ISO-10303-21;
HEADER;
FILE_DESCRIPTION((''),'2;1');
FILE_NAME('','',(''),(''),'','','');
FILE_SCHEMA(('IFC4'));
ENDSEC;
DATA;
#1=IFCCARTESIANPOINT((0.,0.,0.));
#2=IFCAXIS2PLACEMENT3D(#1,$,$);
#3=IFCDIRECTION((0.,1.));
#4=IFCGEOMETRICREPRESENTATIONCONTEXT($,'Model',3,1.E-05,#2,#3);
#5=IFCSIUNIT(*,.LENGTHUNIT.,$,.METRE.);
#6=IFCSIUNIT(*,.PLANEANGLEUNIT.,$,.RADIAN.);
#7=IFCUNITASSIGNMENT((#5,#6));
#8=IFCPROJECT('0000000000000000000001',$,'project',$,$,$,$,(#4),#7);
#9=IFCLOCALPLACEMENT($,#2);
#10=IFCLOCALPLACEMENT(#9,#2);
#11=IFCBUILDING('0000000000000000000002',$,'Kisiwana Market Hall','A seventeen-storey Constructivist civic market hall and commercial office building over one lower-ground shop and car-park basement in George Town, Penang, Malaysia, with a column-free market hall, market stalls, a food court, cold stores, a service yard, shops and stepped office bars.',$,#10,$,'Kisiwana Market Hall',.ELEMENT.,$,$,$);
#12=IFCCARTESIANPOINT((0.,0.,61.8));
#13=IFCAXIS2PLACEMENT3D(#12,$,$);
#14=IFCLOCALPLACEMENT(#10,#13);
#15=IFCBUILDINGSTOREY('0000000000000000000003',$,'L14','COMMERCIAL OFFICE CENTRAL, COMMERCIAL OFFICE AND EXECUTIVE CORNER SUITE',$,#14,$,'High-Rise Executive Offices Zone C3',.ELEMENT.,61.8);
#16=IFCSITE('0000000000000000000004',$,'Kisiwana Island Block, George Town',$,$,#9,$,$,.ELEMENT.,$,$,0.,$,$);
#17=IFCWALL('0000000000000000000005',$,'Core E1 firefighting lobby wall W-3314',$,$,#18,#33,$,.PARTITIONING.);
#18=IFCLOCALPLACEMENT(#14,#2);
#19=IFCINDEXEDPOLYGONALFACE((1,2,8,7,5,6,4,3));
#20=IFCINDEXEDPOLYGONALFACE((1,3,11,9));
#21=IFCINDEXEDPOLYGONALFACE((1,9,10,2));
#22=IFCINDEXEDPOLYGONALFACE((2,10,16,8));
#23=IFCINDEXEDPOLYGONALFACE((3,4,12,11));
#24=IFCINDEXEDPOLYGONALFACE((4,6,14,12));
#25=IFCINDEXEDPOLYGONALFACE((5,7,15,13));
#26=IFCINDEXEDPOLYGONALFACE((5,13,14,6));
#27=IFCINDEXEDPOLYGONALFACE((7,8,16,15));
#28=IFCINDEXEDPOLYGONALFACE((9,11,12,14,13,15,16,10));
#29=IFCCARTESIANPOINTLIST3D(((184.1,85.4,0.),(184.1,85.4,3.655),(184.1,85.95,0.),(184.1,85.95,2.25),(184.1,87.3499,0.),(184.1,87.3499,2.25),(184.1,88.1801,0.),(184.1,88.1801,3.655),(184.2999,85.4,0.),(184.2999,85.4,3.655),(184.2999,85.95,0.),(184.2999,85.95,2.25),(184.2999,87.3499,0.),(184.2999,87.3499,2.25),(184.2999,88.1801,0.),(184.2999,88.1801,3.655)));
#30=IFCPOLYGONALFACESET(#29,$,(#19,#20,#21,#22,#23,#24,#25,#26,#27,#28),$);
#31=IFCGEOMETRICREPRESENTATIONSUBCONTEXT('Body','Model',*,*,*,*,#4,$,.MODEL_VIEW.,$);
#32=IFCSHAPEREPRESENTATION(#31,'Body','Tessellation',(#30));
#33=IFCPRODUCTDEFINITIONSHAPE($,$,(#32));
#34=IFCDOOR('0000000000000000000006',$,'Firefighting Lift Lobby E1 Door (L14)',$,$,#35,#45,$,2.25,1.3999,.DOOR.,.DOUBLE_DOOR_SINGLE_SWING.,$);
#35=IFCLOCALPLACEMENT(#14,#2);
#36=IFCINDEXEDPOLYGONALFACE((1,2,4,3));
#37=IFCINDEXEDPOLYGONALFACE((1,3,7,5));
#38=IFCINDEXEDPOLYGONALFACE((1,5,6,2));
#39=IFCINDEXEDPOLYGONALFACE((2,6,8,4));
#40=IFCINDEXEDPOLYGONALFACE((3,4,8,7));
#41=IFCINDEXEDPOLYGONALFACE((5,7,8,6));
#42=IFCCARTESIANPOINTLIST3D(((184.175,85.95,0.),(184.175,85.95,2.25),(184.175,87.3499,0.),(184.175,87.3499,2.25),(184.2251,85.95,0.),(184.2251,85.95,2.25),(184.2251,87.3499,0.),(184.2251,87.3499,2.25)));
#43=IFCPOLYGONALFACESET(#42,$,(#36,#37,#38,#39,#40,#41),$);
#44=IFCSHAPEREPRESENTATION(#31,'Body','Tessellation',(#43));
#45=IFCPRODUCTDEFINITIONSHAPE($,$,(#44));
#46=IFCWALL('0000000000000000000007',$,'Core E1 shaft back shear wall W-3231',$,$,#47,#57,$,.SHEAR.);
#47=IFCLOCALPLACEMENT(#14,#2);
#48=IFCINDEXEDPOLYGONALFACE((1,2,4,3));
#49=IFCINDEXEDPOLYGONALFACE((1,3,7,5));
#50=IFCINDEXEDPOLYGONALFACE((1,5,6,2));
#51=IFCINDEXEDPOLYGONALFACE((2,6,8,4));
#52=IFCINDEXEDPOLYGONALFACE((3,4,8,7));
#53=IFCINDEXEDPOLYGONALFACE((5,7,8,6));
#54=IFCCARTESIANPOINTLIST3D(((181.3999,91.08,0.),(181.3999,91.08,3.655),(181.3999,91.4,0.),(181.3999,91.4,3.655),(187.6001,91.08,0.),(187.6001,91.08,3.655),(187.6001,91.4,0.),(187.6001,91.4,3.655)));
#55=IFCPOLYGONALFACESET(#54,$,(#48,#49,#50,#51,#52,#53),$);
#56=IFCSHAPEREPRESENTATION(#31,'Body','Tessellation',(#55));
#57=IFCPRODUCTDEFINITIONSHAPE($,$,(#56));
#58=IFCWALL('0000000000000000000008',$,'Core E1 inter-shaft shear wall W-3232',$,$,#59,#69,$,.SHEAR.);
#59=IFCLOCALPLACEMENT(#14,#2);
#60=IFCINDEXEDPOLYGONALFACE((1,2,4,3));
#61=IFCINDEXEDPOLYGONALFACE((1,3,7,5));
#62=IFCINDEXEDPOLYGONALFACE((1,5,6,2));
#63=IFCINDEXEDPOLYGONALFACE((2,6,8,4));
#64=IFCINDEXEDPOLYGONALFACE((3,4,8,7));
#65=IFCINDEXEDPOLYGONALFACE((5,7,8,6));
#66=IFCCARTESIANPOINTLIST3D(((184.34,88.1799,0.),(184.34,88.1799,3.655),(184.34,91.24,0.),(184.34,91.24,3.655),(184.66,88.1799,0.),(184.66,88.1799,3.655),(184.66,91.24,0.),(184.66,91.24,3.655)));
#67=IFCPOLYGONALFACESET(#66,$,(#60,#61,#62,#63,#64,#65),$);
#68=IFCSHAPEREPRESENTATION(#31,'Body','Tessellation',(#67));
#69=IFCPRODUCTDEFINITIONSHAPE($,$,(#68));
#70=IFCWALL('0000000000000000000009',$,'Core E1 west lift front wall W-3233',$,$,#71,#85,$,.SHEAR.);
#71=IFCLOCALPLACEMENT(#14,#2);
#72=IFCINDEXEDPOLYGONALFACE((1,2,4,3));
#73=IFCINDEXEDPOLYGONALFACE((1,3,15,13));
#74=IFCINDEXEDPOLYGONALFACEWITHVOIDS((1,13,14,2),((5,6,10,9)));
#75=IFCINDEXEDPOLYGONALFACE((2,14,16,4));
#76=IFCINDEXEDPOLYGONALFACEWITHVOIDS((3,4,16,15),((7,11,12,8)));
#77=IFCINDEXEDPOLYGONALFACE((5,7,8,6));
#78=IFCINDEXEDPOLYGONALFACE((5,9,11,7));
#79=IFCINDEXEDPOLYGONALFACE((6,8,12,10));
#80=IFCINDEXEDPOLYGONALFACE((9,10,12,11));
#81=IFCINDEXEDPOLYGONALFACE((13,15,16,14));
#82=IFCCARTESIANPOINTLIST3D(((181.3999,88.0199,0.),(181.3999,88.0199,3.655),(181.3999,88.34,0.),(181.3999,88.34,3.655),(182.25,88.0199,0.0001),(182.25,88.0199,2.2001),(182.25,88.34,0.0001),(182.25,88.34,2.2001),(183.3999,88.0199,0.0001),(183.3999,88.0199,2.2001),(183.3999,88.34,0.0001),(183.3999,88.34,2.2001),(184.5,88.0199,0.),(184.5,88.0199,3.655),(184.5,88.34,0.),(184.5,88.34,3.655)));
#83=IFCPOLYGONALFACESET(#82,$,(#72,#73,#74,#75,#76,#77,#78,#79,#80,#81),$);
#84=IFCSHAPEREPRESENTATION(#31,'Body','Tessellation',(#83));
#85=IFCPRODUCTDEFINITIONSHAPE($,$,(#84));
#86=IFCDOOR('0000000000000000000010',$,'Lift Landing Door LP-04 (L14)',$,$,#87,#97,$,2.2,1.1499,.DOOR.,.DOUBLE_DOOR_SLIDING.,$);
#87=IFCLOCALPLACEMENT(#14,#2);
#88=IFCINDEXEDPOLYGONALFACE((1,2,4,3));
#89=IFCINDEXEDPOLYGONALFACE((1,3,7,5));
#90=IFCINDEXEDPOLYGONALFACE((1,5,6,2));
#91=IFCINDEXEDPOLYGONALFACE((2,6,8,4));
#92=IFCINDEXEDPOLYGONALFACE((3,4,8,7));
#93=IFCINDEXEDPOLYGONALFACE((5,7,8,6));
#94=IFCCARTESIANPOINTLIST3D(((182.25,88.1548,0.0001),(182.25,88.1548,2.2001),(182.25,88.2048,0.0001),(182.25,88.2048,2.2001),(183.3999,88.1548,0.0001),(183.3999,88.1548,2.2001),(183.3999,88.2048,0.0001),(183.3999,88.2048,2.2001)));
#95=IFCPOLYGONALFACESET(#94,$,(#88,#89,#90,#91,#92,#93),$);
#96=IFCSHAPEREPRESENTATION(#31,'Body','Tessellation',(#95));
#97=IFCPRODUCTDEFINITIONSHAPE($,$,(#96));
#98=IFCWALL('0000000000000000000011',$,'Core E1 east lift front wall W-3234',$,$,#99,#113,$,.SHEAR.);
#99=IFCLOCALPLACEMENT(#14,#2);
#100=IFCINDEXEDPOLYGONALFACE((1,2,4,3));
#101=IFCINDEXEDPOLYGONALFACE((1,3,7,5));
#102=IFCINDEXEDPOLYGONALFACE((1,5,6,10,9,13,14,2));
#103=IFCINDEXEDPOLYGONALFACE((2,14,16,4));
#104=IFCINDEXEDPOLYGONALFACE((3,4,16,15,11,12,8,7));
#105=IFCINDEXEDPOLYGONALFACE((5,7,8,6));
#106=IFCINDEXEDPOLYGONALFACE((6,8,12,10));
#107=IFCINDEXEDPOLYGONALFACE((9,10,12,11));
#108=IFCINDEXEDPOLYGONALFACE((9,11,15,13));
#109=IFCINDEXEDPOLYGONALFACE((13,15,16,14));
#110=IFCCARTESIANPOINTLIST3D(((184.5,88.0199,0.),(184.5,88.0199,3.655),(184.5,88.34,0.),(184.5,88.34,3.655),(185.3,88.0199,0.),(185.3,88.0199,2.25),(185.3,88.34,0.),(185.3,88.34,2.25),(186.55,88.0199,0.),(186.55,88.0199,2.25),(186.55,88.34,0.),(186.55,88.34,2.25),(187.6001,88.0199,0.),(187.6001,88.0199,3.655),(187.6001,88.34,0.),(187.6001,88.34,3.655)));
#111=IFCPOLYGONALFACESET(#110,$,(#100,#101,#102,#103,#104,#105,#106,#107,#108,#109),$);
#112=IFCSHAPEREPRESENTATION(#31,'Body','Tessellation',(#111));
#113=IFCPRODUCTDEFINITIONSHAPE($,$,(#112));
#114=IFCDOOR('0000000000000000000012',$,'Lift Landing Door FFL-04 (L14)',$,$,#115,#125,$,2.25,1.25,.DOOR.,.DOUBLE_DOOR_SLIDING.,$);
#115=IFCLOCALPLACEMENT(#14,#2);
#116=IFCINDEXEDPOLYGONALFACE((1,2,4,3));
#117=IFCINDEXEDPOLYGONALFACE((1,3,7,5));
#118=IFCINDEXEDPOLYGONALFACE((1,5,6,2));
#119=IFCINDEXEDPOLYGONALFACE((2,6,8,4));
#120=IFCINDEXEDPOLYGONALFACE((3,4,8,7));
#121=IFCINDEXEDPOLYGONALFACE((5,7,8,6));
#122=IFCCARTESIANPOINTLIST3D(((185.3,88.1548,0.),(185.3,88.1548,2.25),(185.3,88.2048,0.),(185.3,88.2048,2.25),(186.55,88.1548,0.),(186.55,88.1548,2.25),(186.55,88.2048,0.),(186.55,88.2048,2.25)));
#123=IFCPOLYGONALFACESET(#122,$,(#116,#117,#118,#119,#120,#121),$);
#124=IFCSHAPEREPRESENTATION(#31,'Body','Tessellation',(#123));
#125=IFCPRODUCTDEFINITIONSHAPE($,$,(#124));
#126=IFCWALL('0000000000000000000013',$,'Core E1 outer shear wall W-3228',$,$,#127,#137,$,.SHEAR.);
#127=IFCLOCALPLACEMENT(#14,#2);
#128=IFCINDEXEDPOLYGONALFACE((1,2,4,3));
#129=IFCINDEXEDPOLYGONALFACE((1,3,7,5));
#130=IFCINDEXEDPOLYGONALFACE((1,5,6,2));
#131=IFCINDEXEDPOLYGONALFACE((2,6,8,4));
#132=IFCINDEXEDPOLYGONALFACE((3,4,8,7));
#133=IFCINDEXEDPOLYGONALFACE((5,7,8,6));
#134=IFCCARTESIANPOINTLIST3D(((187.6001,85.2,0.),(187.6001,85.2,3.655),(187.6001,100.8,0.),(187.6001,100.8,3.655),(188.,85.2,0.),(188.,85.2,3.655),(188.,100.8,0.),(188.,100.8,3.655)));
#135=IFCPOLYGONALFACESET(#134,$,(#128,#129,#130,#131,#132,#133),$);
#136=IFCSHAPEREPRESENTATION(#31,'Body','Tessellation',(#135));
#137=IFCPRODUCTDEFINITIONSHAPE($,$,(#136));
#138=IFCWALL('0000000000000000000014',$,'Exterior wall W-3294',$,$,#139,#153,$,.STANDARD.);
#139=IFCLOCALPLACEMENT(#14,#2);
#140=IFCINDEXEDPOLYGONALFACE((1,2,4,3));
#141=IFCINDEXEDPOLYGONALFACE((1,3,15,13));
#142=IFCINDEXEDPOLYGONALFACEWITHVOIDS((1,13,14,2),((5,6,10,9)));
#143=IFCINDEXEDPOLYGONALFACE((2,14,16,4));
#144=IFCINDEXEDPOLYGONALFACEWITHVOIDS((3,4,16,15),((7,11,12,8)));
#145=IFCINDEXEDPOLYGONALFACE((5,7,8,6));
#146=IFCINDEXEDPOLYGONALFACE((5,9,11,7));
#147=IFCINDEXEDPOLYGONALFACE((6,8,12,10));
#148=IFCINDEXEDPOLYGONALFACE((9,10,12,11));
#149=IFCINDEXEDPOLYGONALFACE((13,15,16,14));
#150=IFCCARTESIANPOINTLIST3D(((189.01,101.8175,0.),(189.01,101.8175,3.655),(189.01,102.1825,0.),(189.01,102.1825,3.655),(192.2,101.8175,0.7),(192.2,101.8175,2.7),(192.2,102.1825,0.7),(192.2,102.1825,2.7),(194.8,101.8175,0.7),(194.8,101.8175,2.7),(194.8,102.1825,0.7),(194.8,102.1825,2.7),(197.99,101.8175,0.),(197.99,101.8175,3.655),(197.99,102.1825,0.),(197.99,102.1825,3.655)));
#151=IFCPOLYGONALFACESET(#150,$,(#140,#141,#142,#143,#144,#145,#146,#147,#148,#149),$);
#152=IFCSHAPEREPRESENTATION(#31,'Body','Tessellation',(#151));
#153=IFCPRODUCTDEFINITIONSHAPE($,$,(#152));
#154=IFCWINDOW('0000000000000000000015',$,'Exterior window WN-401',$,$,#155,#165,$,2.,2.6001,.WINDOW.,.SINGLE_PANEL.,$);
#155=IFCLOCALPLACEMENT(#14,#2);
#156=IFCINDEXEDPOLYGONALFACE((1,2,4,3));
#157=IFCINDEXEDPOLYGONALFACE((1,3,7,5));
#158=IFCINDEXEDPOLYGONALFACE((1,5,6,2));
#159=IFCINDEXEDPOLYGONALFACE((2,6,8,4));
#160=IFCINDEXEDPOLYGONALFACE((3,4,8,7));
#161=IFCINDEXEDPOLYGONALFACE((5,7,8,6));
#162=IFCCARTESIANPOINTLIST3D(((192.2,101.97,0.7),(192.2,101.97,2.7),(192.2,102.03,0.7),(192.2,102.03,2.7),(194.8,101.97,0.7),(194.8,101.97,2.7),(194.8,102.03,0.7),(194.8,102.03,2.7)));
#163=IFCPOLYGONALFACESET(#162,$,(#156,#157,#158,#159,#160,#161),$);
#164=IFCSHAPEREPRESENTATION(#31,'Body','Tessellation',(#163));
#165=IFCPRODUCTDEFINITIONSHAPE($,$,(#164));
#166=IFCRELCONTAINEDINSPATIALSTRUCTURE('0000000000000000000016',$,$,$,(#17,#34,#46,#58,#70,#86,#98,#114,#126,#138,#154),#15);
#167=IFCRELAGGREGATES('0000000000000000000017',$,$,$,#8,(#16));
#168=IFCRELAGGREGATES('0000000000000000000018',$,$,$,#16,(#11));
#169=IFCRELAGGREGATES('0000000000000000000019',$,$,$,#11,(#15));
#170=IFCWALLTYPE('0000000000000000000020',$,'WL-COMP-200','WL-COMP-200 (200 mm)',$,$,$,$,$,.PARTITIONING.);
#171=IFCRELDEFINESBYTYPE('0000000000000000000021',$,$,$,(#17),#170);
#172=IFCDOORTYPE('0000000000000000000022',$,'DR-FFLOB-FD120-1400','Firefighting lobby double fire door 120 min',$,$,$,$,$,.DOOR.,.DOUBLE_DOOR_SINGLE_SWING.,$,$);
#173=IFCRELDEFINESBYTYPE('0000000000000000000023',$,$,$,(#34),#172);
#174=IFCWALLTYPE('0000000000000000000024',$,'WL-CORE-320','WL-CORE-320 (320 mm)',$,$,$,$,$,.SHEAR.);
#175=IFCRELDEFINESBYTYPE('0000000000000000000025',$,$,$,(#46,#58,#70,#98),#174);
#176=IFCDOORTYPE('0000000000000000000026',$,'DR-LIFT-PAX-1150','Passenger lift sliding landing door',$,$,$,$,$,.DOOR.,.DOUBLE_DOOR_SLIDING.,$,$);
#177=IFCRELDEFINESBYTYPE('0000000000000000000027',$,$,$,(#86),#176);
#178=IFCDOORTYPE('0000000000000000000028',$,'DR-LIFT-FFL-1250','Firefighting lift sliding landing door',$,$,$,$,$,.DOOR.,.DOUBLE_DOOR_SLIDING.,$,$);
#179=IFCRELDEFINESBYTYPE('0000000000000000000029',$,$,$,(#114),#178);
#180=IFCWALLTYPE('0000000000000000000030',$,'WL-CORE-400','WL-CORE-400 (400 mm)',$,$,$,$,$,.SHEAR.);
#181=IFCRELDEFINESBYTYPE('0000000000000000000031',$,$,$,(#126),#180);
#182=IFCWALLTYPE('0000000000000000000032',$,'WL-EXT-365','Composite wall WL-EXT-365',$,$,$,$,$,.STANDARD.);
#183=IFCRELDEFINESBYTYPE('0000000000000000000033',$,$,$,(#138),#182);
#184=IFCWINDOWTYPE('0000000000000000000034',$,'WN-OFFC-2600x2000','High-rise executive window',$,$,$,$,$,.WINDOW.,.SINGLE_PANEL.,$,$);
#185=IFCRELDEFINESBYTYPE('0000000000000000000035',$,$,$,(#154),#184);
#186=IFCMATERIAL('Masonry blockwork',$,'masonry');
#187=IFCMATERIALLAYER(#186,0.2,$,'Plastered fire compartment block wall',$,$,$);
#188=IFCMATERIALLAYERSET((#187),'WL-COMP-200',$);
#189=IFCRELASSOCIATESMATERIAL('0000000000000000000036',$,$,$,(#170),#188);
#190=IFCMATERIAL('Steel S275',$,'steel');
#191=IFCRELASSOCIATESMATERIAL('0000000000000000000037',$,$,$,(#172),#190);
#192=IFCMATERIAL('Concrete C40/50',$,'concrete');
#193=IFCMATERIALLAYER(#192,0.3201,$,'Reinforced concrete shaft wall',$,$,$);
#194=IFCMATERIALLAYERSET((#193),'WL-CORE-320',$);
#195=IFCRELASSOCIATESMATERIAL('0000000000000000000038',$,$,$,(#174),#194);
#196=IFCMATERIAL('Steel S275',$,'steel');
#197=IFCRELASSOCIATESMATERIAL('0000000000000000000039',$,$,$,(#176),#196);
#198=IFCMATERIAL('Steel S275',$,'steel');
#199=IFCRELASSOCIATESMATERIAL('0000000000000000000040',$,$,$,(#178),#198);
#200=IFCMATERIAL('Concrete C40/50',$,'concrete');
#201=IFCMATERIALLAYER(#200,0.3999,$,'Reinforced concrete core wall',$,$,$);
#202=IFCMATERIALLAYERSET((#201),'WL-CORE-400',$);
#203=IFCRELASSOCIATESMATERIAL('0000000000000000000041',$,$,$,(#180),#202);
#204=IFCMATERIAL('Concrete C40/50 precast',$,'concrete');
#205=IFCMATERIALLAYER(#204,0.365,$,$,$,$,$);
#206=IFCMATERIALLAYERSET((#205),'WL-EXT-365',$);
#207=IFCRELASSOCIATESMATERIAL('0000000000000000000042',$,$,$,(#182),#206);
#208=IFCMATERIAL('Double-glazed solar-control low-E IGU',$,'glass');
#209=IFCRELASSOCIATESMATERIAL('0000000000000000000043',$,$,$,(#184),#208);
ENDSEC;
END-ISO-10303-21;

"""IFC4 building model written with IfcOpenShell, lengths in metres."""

from ifc_helpers import new_model, si_unit, direction, frame, frame_2d, origin, place, context, subcontext, project, spatial, rectangle, extrude, material, layer, layer_set, type_object, element, fill, save


model = new_model("IFC4")

# Units and contexts
model_context = context("Model", 3, precision=1e-05, world=origin(), true_north=direction((0.0, 1.0)))
body_context = subcontext(model_context, "Body", "Model", "MODEL_VIEW")
ifc_project = project(units=[si_unit("LENGTHUNIT", "METRE"), si_unit("PLANEANGLEUNIT", "RADIAN")], contexts=[model_context])

# Site, building, storey
site_placement = place(None, origin())
site = spatial("IfcSite", under=ifc_project, at=site_placement, Name="Kisiwana Island Block, George Town", CompositionType="ELEMENT", RefElevation=0.0)
building_placement = place(site_placement, origin())
building = spatial("IfcBuilding", under=site, at=building_placement, Name="Kisiwana Market Hall", Description="A seventeen-storey Constructivist civic market hall and commercial office building over one lower-ground shop and car-park basement in George Town, Penang, Malaysia, with a column-free market hall, market stalls, a food court, cold stores, a service yard, shops and stepped office bars.", LongName="Kisiwana Market Hall", CompositionType="ELEMENT")
storey_placement = place(building_placement, frame((0.0, 0.0, 61.8)))
storey = spatial("IfcBuildingStorey", under=building, at=storey_placement, Name="L14", Description="COMMERCIAL OFFICE CENTRAL, COMMERCIAL OFFICE AND EXECUTIVE CORNER SUITE", LongName="High-Rise Executive Offices Zone C3", CompositionType="ELEMENT", Elevation=61.8)

# Wall, opening, door
ifc_material_1 = material(Name="Masonry blockwork", Category="masonry")
ifc_layer_1 = layer(ifc_material_1, 0.2, Name="Plastered fire compartment block wall")
ifc_layer_set_1 = layer_set([ifc_layer_1], Name="WL-COMP-200")
wall_type_1 = type_object("IfcWallType", Name="WL-COMP-200", Description="WL-COMP-200 (200 mm)", PredefinedType="PARTITIONING", material=ifc_layer_set_1)
wall_1_placement = place(storey_placement, frame((184.2, 85.3999, 0.0), z_axis=(0.0, 0.0, 1.0), x_axis=(0.0, 1.0, 0.0)))
wall_1 = element("IfcWall", 1, at=wall_1_placement, inside=storey, type_object=wall_type_1, Name="Core E1 firefighting lobby wall W-3314", PredefinedType="PARTITIONING", context=body_context, shape_type="SweptSolid", body=[
    extrude(rectangle(XDim=2.78, YDim=0.2, at=frame_2d((1.3901, 0.0))), origin(), (0.0, 0.0, 1.0), 3.655),
])
opening_1_placement = place(wall_1_placement, frame((0.55, 0.0, 0.0)))
opening_1 = element("IfcOpeningElement", 2, at=opening_1_placement, cuts=wall_1, PredefinedType="OPENING", context=body_context, shape_type="SweptSolid", body=[
    extrude(rectangle(XDim=1.3999, YDim=2.25, at=frame_2d((0.7, 1.125))), frame((0.0, 0.1118, 0.0), z_axis=(0.0, -1.0, 0.0), x_axis=(1.0, 0.0, 0.0)), (0.0, 0.0, 1.0), 0.2239),
])
ifc_material_2 = material(Name="Steel S275", Category="steel")
door_type_1 = type_object("IfcDoorType", Name="DR-FFLOB-FD120-1400", Description="Firefighting lobby double fire door 120 min", OperationType="DOUBLE_DOOR_SINGLE_SWING", PredefinedType="DOOR", material=ifc_material_2)
door_1_placement = place(opening_1_placement, origin())
door_1 = element("IfcDoor", 3, at=door_1_placement, inside=storey, type_object=door_type_1, Name="Firefighting Lift Lobby E1 Door (L14)", OperationType="DOUBLE_DOOR_SINGLE_SWING", OverallHeight=2.25, OverallWidth=1.3999, PredefinedType="DOOR", context=body_context, shape_type="SweptSolid", body=[
    extrude(rectangle(XDim=1.3999, YDim=2.25, at=frame_2d((0.7, 1.125))), frame((0.0, 0.0249, 0.0), z_axis=(0.0, -1.0, 0.0), x_axis=(1.0, 0.0, 0.0)), (0.0, 0.0, 1.0), 0.05),
])
fill(opening_1, door_1)

# Walls
ifc_material_3 = material(Name="Concrete C40/50", Category="concrete")
ifc_layer_2 = layer(ifc_material_3, 0.3201, Name="Reinforced concrete shaft wall")
ifc_layer_set_2 = layer_set([ifc_layer_2], Name="WL-CORE-320")
wall_type_2 = type_object("IfcWallType", Name="WL-CORE-320", Description="WL-CORE-320 (320 mm)", PredefinedType="SHEAR", material=ifc_layer_set_2)
wall_2_placement = place(storey_placement, frame((181.3999, 91.24, 0.0), z_axis=(0.0, 0.0, 1.0), x_axis=(1.0, 0.0, 0.0)))
element("IfcWall", 4, at=wall_2_placement, inside=storey, type_object=wall_type_2, Name="Core E1 shaft back shear wall W-3231", PredefinedType="SHEAR", context=body_context, shape_type="SweptSolid", body=[
    extrude(rectangle(XDim=6.2002, YDim=0.3201, at=frame_2d((3.1001, 0.0))), origin(), (0.0, 0.0, 1.0), 3.655),
])
wall_3_placement = place(storey_placement, frame((184.5, 88.1799, 0.0), z_axis=(0.0, 0.0, 1.0), x_axis=(0.0, 1.0, 0.0)))
element("IfcWall", 5, at=wall_3_placement, inside=storey, type_object=wall_type_2, Name="Core E1 inter-shaft shear wall W-3232", PredefinedType="SHEAR", context=body_context, shape_type="SweptSolid", body=[
    extrude(rectangle(XDim=3.0601, YDim=0.3201, at=frame_2d((1.53, 0.0))), origin(), (0.0, 0.0, 1.0), 3.655),
])

# Walls, openings, doors
wall_4_placement = place(storey_placement, frame((181.3999, 88.1799, 0.0), z_axis=(0.0, 0.0, 1.0), x_axis=(1.0, 0.0, 0.0)))
wall_4 = element("IfcWall", 6, at=wall_4_placement, inside=storey, type_object=wall_type_2, Name="Core E1 west lift front wall W-3233", PredefinedType="SHEAR", context=body_context, shape_type="SweptSolid", body=[
    extrude(rectangle(XDim=3.1001, YDim=0.3201, at=frame_2d((1.55, 0.0))), origin(), (0.0, 0.0, 1.0), 3.655),
])
opening_2_placement = place(wall_4_placement, frame((0.8501, 0.0, 0.0)))
opening_2 = element("IfcOpeningElement", 7, at=opening_2_placement, cuts=wall_4, PredefinedType="OPENING", context=body_context, shape_type="SweptSolid", body=[
    extrude(rectangle(XDim=1.1499, YDim=2.2, at=frame_2d((0.575, 1.1001))), frame((0.0, 0.1719, 0.0), z_axis=(0.0, -1.0, 0.0), x_axis=(1.0, 0.0, 0.0)), (0.0, 0.0, 1.0), 0.344),
])
ifc_material_4 = material(Name="Steel S275", Category="steel")
door_type_2 = type_object("IfcDoorType", Name="DR-LIFT-PAX-1150", Description="Passenger lift sliding landing door", OperationType="DOUBLE_DOOR_SLIDING", PredefinedType="DOOR", material=ifc_material_4)
door_2_placement = place(opening_2_placement, origin())
door_2 = element("IfcDoor", 8, at=door_2_placement, inside=storey, type_object=door_type_2, Name="Lift Landing Door LP-04 (L14)", OperationType="DOUBLE_DOOR_SLIDING", OverallHeight=2.2, OverallWidth=1.1499, PredefinedType="DOOR", context=body_context, shape_type="SweptSolid", body=[
    extrude(rectangle(XDim=1.1499, YDim=2.2, at=frame_2d((0.575, 1.1001))), frame((0.0, 0.0249, 0.0), z_axis=(0.0, -1.0, 0.0), x_axis=(1.0, 0.0, 0.0)), (0.0, 0.0, 1.0), 0.05),
])
fill(opening_2, door_2)
wall_5_placement = place(storey_placement, frame((184.5, 88.1799, 0.0), z_axis=(0.0, 0.0, 1.0), x_axis=(1.0, 0.0, 0.0)))
wall_5 = element("IfcWall", 9, at=wall_5_placement, inside=storey, type_object=wall_type_2, Name="Core E1 east lift front wall W-3234", PredefinedType="SHEAR", context=body_context, shape_type="SweptSolid", body=[
    extrude(rectangle(XDim=3.1001, YDim=0.3201, at=frame_2d((1.55, 0.0))), origin(), (0.0, 0.0, 1.0), 3.655),
])
opening_3_placement = place(wall_5_placement, frame((0.8, 0.0, 0.0)))
opening_3 = element("IfcOpeningElement", 10, at=opening_3_placement, cuts=wall_5, PredefinedType="OPENING", context=body_context, shape_type="SweptSolid", body=[
    extrude(rectangle(XDim=1.25, YDim=2.25, at=frame_2d((0.625, 1.125))), frame((0.0, 0.1719, 0.0), z_axis=(0.0, -1.0, 0.0), x_axis=(1.0, 0.0, 0.0)), (0.0, 0.0, 1.0), 0.344),
])
ifc_material_5 = material(Name="Steel S275", Category="steel")
door_type_3 = type_object("IfcDoorType", Name="DR-LIFT-FFL-1250", Description="Firefighting lift sliding landing door", OperationType="DOUBLE_DOOR_SLIDING", PredefinedType="DOOR", material=ifc_material_5)
door_3_placement = place(opening_3_placement, origin())
door_3 = element("IfcDoor", 11, at=door_3_placement, inside=storey, type_object=door_type_3, Name="Lift Landing Door FFL-04 (L14)", OperationType="DOUBLE_DOOR_SLIDING", OverallHeight=2.25, OverallWidth=1.25, PredefinedType="DOOR", context=body_context, shape_type="SweptSolid", body=[
    extrude(rectangle(XDim=1.25, YDim=2.25, at=frame_2d((0.625, 1.125))), frame((0.0, 0.0249, 0.0), z_axis=(0.0, -1.0, 0.0), x_axis=(1.0, 0.0, 0.0)), (0.0, 0.0, 1.0), 0.05),
])
fill(opening_3, door_3)

# Wall
ifc_material_6 = material(Name="Concrete C40/50", Category="concrete")
ifc_layer_3 = layer(ifc_material_6, 0.3999, Name="Reinforced concrete core wall")
ifc_layer_set_3 = layer_set([ifc_layer_3], Name="WL-CORE-400")
wall_type_3 = type_object("IfcWallType", Name="WL-CORE-400", Description="WL-CORE-400 (400 mm)", PredefinedType="SHEAR", material=ifc_layer_set_3)
wall_6_placement = place(storey_placement, frame((187.8, 85.2, 0.0), z_axis=(0.0, 0.0, 1.0), x_axis=(0.0, 1.0, 0.0)))
element("IfcWall", 12, at=wall_6_placement, inside=storey, type_object=wall_type_3, Name="Core E1 outer shear wall W-3228", PredefinedType="SHEAR", context=body_context, shape_type="SweptSolid", body=[
    extrude(rectangle(XDim=15.6001, YDim=0.3999, at=frame_2d((7.8, 0.0))), origin(), (0.0, 0.0, 1.0), 3.655),
])

# Wall, opening, window
ifc_material_7 = material(Name="Concrete C40/50 precast", Category="concrete")
ifc_layer_4 = layer(ifc_material_7, 0.365)
ifc_layer_set_4 = layer_set([ifc_layer_4], Name="WL-EXT-365")
wall_type_4 = type_object("IfcWallType", Name="WL-EXT-365", Description="Composite wall WL-EXT-365", PredefinedType="STANDARD", material=ifc_layer_set_4)
wall_7_placement = place(storey_placement, frame((189.01, 102.0, 0.0), z_axis=(0.0, 0.0, 1.0), x_axis=(1.0, 0.0, 0.0)))
wall_7 = element("IfcWall", 13, at=wall_7_placement, inside=storey, type_object=wall_type_4, Name="Exterior wall W-3294", PredefinedType="STANDARD", context=body_context, shape_type="SweptSolid", body=[
    extrude(rectangle(XDim=8.98, YDim=0.365, at=frame_2d((4.49, 0.0))), origin(), (0.0, 0.0, 1.0), 3.655),
])
opening_4_placement = place(wall_7_placement, frame((3.1899, 0.0, 0.7)))
opening_4 = element("IfcOpeningElement", 14, at=opening_4_placement, cuts=wall_7, PredefinedType="OPENING", context=body_context, shape_type="SweptSolid", body=[
    extrude(rectangle(XDim=2.6001, YDim=2.0, at=frame_2d((1.3, 1.0))), frame((0.0, 0.1943, 0.0), z_axis=(0.0, -1.0, 0.0), x_axis=(1.0, 0.0, 0.0)), (0.0, 0.0, 1.0), 0.3889),
])
ifc_material_8 = material(Name="Double-glazed solar-control low-E IGU", Category="glass")
window_type = type_object("IfcWindowType", Name="WN-OFFC-2600x2000", Description="High-rise executive window", PartitioningType="SINGLE_PANEL", PredefinedType="WINDOW", material=ifc_material_8)
window_1_placement = place(opening_4_placement, origin())
window_1 = element("IfcWindow", 15, at=window_1_placement, inside=storey, type_object=window_type, Name="Exterior window WN-401", OverallHeight=2.0, OverallWidth=2.6001, PartitioningType="SINGLE_PANEL", PredefinedType="WINDOW", context=body_context, shape_type="SweptSolid", body=[
    extrude(rectangle(XDim=2.6001, YDim=2.0, at=frame_2d((1.3, 1.0))), frame((0.0, 0.03, 0.0), z_axis=(0.0, -1.0, 0.0), x_axis=(1.0, 0.0, 0.0)), (0.0, 0.0, 1.0), 0.0601),
])
fill(opening_4, window_1)

save(model, "model.ifc")
